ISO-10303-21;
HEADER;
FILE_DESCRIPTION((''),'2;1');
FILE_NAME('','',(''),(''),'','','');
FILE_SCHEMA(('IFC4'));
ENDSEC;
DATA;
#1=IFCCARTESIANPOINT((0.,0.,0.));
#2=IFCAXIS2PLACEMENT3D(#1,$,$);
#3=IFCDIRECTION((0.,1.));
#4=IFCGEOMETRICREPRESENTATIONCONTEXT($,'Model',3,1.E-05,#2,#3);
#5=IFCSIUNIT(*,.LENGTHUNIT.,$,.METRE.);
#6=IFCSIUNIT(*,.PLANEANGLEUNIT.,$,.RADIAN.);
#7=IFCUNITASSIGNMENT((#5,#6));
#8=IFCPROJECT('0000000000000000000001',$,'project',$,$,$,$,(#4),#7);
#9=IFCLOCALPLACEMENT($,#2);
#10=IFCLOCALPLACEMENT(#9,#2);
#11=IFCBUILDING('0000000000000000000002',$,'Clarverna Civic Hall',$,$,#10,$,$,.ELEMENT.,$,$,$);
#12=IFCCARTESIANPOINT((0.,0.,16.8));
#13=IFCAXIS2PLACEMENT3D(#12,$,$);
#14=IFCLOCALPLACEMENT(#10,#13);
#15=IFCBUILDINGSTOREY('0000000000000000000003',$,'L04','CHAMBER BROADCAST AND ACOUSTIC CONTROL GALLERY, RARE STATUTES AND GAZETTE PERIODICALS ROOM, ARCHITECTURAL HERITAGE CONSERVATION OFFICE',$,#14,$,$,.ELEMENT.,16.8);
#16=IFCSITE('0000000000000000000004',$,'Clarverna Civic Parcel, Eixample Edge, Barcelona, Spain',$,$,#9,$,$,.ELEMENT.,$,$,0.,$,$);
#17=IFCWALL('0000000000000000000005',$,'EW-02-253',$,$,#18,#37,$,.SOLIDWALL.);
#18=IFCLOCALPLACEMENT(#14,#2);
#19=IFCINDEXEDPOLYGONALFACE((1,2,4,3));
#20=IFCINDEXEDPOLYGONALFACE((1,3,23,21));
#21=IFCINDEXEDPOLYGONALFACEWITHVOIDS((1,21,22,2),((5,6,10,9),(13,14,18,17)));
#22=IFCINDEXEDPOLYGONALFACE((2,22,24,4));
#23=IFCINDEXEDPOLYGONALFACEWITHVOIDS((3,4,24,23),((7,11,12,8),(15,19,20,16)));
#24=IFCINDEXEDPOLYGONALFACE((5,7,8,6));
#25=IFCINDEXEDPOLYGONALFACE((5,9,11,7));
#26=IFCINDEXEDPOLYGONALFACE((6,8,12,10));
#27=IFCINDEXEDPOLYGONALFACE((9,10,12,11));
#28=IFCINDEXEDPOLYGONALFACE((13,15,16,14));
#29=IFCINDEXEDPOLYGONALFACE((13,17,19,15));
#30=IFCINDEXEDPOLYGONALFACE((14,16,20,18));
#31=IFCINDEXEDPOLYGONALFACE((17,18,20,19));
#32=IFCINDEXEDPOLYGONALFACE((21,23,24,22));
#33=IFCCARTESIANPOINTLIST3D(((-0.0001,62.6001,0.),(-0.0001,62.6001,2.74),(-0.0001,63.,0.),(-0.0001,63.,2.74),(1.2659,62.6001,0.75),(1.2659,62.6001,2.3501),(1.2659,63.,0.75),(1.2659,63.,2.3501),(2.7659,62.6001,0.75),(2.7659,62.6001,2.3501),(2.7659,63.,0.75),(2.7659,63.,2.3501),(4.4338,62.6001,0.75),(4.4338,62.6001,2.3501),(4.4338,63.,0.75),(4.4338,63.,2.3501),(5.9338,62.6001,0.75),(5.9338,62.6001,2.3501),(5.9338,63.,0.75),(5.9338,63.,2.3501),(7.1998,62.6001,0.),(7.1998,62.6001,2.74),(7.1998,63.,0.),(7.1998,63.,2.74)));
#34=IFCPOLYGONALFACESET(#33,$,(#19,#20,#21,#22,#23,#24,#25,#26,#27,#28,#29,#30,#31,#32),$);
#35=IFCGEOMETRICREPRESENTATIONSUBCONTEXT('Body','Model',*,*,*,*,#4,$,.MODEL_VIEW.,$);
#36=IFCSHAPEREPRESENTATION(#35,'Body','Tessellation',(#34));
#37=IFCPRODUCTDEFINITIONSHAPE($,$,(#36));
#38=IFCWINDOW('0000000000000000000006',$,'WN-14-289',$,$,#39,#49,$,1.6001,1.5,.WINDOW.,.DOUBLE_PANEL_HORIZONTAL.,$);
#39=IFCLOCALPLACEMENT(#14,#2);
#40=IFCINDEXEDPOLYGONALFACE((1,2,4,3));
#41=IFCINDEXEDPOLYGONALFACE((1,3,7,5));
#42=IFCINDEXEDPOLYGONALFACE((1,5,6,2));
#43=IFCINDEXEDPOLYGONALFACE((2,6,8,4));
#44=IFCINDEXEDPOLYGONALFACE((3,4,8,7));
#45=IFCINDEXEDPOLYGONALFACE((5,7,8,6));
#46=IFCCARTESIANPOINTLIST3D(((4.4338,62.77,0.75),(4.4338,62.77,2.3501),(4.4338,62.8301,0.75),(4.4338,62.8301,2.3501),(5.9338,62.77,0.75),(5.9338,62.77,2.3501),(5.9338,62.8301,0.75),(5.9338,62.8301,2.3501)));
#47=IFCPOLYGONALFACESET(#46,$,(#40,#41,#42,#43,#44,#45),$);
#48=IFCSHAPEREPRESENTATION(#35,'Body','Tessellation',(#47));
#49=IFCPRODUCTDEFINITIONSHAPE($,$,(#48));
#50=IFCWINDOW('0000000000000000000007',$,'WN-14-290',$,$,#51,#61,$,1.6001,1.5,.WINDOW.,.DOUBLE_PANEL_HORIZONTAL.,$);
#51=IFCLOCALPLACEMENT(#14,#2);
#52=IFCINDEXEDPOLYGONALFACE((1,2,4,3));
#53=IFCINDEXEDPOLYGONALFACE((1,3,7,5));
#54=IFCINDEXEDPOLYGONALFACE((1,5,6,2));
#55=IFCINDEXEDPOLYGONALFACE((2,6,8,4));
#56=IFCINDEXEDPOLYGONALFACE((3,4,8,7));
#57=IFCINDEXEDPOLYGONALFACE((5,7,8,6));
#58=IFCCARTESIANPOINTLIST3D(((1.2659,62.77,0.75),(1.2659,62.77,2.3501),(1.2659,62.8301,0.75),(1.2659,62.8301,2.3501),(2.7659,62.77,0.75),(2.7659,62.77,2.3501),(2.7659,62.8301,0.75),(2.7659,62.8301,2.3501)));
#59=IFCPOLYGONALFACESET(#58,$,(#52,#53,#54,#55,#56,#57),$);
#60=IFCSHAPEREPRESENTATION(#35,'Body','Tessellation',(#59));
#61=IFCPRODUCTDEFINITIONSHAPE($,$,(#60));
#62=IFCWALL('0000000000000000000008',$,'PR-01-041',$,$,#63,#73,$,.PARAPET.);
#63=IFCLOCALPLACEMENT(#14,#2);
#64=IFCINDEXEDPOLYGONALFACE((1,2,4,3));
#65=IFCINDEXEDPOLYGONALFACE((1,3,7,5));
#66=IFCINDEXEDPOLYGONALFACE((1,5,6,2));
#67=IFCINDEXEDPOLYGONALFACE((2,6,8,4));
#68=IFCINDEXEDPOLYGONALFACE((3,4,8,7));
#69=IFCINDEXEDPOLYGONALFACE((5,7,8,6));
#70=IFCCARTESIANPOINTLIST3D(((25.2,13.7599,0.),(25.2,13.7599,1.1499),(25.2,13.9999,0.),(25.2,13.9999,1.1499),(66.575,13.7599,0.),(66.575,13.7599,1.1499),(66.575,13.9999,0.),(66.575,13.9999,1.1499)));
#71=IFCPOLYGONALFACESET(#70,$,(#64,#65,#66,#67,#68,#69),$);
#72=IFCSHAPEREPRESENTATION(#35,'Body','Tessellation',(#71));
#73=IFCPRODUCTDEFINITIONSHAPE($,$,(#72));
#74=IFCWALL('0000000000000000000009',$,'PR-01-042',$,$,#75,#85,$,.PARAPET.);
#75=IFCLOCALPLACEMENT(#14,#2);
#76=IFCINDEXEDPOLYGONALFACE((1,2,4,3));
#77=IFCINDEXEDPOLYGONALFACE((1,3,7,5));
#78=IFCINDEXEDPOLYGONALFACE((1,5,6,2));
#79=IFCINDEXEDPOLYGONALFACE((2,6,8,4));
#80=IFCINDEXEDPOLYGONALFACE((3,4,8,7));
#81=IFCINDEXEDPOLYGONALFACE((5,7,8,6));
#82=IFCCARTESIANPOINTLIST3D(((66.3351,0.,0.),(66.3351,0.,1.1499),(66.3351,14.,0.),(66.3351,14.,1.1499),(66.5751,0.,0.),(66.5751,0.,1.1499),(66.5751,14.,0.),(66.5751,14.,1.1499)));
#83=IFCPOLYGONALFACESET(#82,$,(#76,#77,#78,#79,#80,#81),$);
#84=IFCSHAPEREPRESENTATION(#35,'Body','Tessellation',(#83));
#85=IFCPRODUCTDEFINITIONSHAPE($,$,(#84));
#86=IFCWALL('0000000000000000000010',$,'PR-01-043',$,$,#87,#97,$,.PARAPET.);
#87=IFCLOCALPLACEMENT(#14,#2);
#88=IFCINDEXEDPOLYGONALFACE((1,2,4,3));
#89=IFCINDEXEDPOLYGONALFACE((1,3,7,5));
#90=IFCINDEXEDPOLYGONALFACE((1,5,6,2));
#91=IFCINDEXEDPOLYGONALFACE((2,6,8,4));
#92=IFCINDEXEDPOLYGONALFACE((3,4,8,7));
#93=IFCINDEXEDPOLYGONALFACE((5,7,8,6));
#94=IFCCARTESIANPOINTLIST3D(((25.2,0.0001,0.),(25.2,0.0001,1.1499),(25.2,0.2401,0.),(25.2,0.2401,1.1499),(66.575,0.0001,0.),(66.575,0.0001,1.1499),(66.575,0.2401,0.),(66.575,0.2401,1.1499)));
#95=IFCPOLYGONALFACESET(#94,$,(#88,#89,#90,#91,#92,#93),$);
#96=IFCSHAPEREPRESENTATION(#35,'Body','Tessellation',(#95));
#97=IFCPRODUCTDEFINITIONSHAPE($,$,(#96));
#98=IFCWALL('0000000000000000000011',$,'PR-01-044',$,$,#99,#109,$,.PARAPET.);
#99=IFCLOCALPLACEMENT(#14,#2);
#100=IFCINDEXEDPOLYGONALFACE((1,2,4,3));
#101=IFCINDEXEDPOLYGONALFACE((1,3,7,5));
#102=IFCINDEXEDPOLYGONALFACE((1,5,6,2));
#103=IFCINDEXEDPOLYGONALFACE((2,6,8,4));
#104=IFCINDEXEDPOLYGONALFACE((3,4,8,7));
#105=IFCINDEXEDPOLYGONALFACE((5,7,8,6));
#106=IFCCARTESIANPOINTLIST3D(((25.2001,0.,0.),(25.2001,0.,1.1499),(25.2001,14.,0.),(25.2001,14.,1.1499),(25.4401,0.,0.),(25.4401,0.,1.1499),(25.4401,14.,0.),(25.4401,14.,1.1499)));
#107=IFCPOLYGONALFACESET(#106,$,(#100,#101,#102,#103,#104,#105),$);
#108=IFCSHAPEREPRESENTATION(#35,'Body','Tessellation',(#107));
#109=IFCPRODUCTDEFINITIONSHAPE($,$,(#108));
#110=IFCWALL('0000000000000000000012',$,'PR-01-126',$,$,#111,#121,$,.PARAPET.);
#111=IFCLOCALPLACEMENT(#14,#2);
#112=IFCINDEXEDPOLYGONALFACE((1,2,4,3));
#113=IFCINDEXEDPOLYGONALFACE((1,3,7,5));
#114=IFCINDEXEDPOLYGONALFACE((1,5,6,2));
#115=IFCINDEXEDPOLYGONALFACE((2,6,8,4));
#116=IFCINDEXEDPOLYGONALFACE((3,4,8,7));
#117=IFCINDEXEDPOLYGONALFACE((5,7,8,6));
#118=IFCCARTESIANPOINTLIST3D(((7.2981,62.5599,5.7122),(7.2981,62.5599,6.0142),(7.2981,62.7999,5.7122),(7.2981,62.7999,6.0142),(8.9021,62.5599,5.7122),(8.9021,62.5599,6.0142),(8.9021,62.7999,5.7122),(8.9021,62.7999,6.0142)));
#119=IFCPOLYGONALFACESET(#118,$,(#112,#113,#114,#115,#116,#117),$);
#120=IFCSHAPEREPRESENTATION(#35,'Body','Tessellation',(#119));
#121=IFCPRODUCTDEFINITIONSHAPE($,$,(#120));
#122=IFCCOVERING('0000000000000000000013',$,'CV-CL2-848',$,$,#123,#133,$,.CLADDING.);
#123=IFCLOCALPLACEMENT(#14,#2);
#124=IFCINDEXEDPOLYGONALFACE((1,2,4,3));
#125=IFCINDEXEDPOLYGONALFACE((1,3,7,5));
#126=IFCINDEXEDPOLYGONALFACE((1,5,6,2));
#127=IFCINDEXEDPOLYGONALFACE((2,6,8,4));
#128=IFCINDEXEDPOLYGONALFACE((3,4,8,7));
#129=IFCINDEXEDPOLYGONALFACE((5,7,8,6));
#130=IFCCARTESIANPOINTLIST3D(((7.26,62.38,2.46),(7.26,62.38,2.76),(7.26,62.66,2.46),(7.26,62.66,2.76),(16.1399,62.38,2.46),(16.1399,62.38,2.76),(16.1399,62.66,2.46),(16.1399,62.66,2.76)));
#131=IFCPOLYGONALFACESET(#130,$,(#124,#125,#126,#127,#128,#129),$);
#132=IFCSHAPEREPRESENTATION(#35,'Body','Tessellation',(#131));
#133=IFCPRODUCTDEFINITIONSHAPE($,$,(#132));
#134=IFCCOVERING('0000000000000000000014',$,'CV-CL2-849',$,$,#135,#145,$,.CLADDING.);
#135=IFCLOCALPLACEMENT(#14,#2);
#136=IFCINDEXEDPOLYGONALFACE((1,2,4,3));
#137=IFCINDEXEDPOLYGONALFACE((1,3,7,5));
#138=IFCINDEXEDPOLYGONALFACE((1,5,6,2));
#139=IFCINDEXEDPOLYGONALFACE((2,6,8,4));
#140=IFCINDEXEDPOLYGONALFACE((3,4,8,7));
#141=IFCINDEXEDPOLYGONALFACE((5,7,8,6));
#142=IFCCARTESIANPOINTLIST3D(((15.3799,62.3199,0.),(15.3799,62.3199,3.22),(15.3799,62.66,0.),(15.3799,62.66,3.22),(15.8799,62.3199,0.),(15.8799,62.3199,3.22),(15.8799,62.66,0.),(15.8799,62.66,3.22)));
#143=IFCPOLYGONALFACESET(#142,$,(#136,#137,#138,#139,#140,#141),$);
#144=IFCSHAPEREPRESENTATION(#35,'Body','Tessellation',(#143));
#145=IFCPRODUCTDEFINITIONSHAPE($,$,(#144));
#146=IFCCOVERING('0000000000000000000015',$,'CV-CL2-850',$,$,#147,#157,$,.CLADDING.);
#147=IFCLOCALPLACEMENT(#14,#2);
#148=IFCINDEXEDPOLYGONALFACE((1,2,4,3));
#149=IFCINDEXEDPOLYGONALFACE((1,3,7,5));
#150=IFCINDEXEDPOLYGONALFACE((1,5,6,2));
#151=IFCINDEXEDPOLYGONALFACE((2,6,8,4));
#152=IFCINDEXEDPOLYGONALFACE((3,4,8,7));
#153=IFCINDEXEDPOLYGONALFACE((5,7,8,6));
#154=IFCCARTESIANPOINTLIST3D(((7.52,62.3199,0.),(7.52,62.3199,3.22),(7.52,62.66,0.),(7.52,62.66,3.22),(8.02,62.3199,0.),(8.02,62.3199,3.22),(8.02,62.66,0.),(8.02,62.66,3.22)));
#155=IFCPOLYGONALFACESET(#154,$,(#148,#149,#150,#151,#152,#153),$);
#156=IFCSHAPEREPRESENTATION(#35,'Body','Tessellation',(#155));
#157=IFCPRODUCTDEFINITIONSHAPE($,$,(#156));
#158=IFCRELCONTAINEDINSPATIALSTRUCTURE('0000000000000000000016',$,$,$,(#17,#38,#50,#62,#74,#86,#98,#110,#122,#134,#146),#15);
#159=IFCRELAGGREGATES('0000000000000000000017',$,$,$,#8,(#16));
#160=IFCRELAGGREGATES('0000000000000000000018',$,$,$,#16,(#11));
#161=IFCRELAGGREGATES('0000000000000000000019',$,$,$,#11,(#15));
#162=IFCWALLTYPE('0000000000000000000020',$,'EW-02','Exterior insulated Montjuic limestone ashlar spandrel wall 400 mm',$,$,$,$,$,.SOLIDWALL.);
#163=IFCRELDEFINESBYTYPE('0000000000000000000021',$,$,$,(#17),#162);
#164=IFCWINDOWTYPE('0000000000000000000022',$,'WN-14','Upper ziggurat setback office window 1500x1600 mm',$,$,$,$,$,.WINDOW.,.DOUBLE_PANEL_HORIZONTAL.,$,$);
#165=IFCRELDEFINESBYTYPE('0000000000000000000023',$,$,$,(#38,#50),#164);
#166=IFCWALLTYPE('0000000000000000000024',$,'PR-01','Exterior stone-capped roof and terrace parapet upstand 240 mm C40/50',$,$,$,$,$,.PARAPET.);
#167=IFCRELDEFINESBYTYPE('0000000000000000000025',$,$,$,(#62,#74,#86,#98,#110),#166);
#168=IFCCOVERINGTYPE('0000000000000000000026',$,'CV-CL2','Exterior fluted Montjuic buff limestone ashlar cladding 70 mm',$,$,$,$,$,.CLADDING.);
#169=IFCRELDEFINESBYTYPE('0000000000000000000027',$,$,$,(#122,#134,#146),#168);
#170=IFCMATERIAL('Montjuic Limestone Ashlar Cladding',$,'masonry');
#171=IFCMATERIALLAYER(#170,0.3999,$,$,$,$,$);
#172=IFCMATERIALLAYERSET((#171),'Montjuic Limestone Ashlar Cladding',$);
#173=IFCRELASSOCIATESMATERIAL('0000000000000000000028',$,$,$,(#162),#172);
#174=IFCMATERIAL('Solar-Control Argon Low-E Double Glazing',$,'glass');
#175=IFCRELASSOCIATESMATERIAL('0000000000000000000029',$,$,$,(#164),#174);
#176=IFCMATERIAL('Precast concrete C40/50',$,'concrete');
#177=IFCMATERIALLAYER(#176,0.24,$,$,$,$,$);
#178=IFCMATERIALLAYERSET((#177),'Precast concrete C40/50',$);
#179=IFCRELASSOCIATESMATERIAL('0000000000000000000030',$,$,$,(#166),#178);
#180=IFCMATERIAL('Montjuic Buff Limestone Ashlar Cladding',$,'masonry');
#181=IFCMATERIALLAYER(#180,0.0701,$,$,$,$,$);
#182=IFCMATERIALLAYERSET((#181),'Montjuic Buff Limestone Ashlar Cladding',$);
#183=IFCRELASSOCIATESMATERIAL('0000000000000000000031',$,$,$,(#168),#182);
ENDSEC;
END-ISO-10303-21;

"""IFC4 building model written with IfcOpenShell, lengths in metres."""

from ifc_helpers import new_model, si_unit, direction, frame, frame_2d, origin, place, context, subcontext, project, spatial, rectangle, extrude, material, layer, layer_set, type_object, element, fill, save


model = new_model("IFC4")

# Units and contexts
model_context = context("Model", 3, precision=1e-05, world=origin(), true_north=direction((0.0, 1.0)))
body_context = subcontext(model_context, "Body", "Model", "MODEL_VIEW")
ifc_project = project(units=[si_unit("LENGTHUNIT", "METRE"), si_unit("PLANEANGLEUNIT", "RADIAN")], contexts=[model_context])

# Site, building, storey
site_placement = place(None, origin())
site = spatial("IfcSite", under=ifc_project, at=site_placement, Name="Clarverna Civic Parcel, Eixample Edge, Barcelona, Spain", CompositionType="ELEMENT", RefElevation=0.0)
building_placement = place(site_placement, origin())
building = spatial("IfcBuilding", under=site, at=building_placement, Name="Clarverna Civic Hall", CompositionType="ELEMENT")
storey_placement = place(building_placement, frame((0.0, 0.0, 16.8)))
storey = spatial("IfcBuildingStorey", under=building, at=storey_placement, Name="L04", Description="CHAMBER BROADCAST AND ACOUSTIC CONTROL GALLERY, RARE STATUTES AND GAZETTE PERIODICALS ROOM, ARCHITECTURAL HERITAGE CONSERVATION OFFICE", CompositionType="ELEMENT", Elevation=16.8)

# Wall, openings, windows
ifc_material_1 = material(Name="Montjuic Limestone Ashlar Cladding", Category="masonry")
ifc_layer_1 = layer(ifc_material_1, 0.3999)
ifc_layer_set_1 = layer_set([ifc_layer_1], Name="Montjuic Limestone Ashlar Cladding")
wall_type_1 = type_object("IfcWallType", Name="EW-02", Description="Exterior insulated Montjuic limestone ashlar spandrel wall 400 mm", PredefinedType="SOLIDWALL", material=ifc_layer_set_1)
ifc_material_2 = material(Name="Solar-Control Argon Low-E Double Glazing", Category="glass")
window_type = type_object("IfcWindowType", Name="WN-14", Description="Upper ziggurat setback office window 1500x1600 mm", PartitioningType="DOUBLE_PANEL_HORIZONTAL", PredefinedType="WINDOW", material=ifc_material_2)
wall_1_placement = place(storey_placement, frame((7.2, 62.8, 0.0), z_axis=(0.0, 0.0, 1.0), x_axis=(-1.0, 0.0, 0.0)))
wall_1 = element("IfcWall", 1, at=wall_1_placement, inside=storey, type_object=wall_type_1, Name="EW-02-253", PredefinedType="SOLIDWALL", context=body_context, shape_type="SweptSolid", body=[
    extrude(rectangle(XDim=7.2, YDim=0.3999, at=frame_2d((3.6001, 0.0))), origin(), (0.0, 0.0, 1.0), 2.74),
])
opening_1_placement = place(wall_1_placement, frame((1.2661, 0.0, 0.75)))
opening_1 = element("IfcOpeningElement", 2, at=opening_1_placement, cuts=wall_1, PredefinedType="OPENING", context=body_context, shape_type="SweptSolid", body=[
    extrude(rectangle(XDim=1.5, YDim=1.6001, at=frame_2d((0.75, 0.8))), frame((0.0, 0.21, 0.0), z_axis=(0.0, -1.0, 0.0), x_axis=(1.0, 0.0, 0.0)), (0.0, 0.0, 1.0), 0.4199),
])
opening_2_placement = place(wall_1_placement, frame((4.4341, 0.0, 0.75)))
opening_2 = element("IfcOpeningElement", 3, at=opening_2_placement, cuts=wall_1, PredefinedType="OPENING", context=body_context, shape_type="SweptSolid", body=[
    extrude(rectangle(XDim=1.5, YDim=1.6001, at=frame_2d((0.75, 0.8))), frame((0.0, 0.21, 0.0), z_axis=(0.0, -1.0, 0.0), x_axis=(1.0, 0.0, 0.0)), (0.0, 0.0, 1.0), 0.4199),
])
window_1_placement = place(opening_1_placement, origin())
window_1 = element("IfcWindow", 4, at=window_1_placement, inside=storey, type_object=window_type, Name="WN-14-289", OverallHeight=1.6001, OverallWidth=1.5, PartitioningType="DOUBLE_PANEL_HORIZONTAL", PredefinedType="WINDOW", context=body_context, shape_type="SweptSolid", body=[
    extrude(rectangle(XDim=1.5, YDim=1.6001, at=frame_2d((0.75, 0.8))), frame((0.0, 0.03, 0.0), z_axis=(0.0, -1.0, 0.0), x_axis=(1.0, 0.0, 0.0)), (0.0, 0.0, 1.0), 0.0601),
])
fill(opening_1, window_1)
window_2_placement = place(opening_2_placement, origin())
window_2 = element("IfcWindow", 5, at=window_2_placement, inside=storey, type_object=window_type, Name="WN-14-290", OverallHeight=1.6001, OverallWidth=1.5, PartitioningType="DOUBLE_PANEL_HORIZONTAL", PredefinedType="WINDOW", context=body_context, shape_type="SweptSolid", body=[
    extrude(rectangle(XDim=1.5, YDim=1.6001, at=frame_2d((0.75, 0.8))), frame((0.0, 0.03, 0.0), z_axis=(0.0, -1.0, 0.0), x_axis=(1.0, 0.0, 0.0)), (0.0, 0.0, 1.0), 0.0601),
])
fill(opening_2, window_2)

# Walls
ifc_material_3 = material(Name="Precast concrete C40/50", Category="concrete")
ifc_layer_2 = layer(ifc_material_3, 0.24)
ifc_layer_set_2 = layer_set([ifc_layer_2], Name="Precast concrete C40/50")
wall_type_2 = type_object("IfcWallType", Name="PR-01", Description="Exterior stone-capped roof and terrace parapet upstand 240 mm C40/50", PredefinedType="PARAPET", material=ifc_layer_set_2)
wall_2_placement = place(storey_placement, frame((25.2, 13.8799, 0.0), z_axis=(0.0, 0.0, 1.0), x_axis=(1.0, 0.0, 0.0)))
element("IfcWall", 6, at=wall_2_placement, inside=storey, type_object=wall_type_2, Name="PR-01-041", PredefinedType="PARAPET", context=body_context, shape_type="SweptSolid", body=[
    extrude(rectangle(XDim=41.375, YDim=0.24, at=frame_2d((20.6875, 0.0))), origin(), (0.0, 0.0, 1.0), 1.1499),
])
wall_3_placement = place(storey_placement, frame((66.4551, 14.0, 0.0), z_axis=(0.0, 0.0, 1.0), x_axis=(0.0, -1.0, 0.0)))
element("IfcWall", 7, at=wall_3_placement, inside=storey, type_object=wall_type_2, Name="PR-01-042", PredefinedType="PARAPET", context=body_context, shape_type="SweptSolid", body=[
    extrude(rectangle(XDim=14.0, YDim=0.24, at=frame_2d((7.0, 0.0))), origin(), (0.0, 0.0, 1.0), 1.1499),
])
wall_4_placement = place(storey_placement, frame((66.575, 0.1201, 0.0), z_axis=(0.0, 0.0, 1.0), x_axis=(-1.0, 0.0, 0.0)))
element("IfcWall", 8, at=wall_4_placement, inside=storey, type_object=wall_type_2, Name="PR-01-043", PredefinedType="PARAPET", context=body_context, shape_type="SweptSolid", body=[
    extrude(rectangle(XDim=41.375, YDim=0.24, at=frame_2d((20.6875, 0.0))), origin(), (0.0, 0.0, 1.0), 1.1499),
])
wall_5_placement = place(storey_placement, frame((25.3201, 0.0, 0.0), z_axis=(0.0, 0.0, 1.0), x_axis=(0.0, 1.0, 0.0)))
element("IfcWall", 9, at=wall_5_placement, inside=storey, type_object=wall_type_2, Name="PR-01-044", PredefinedType="PARAPET", context=body_context, shape_type="SweptSolid", body=[
    extrude(rectangle(XDim=14.0, YDim=0.24, at=frame_2d((7.0, 0.0))), origin(), (0.0, 0.0, 1.0), 1.1499),
])
wall_6_placement = place(storey_placement, frame((7.2981, 62.6799, 5.7122), z_axis=(0.0, 0.0, 1.0), x_axis=(1.0, 0.0, 0.0)))
element("IfcWall", 10, at=wall_6_placement, inside=storey, type_object=wall_type_2, Name="PR-01-126", PredefinedType="PARAPET", context=body_context, shape_type="SweptSolid", body=[
    extrude(rectangle(XDim=1.604, YDim=0.24, at=frame_2d((0.802, 0.0))), origin(), (0.0, 0.0, 1.0), 0.302),
])

# Coverings
ifc_material_4 = material(Name="Montjuic Buff Limestone Ashlar Cladding", Category="masonry")
ifc_layer_3 = layer(ifc_material_4, 0.0701)
ifc_layer_set_3 = layer_set([ifc_layer_3], Name="Montjuic Buff Limestone Ashlar Cladding")
covering_type = type_object("IfcCoveringType", Name="CV-CL2", Description="Exterior fluted Montjuic buff limestone ashlar cladding 70 mm", PredefinedType="CLADDING", material=ifc_layer_set_3)
covering_placement = place(storey_placement, frame((16.1399, 62.52, 2.46), z_axis=(0.0, 0.0, 1.0), x_axis=(-1.0, 0.0, 0.0)))
element("IfcCovering", 11, at=covering_placement, inside=storey, type_object=covering_type, Name="CV-CL2-848", PredefinedType="CLADDING", context=body_context, shape_type="SweptSolid", body=[
    extrude(rectangle(XDim=8.8799, YDim=0.28, at=frame_2d((4.4399, 0.0))), origin(), (0.0, 0.0, 1.0), 0.3),
])
for number, where, z_axis, x_axis, name in (
    (12, (15.8799, 62.49, 0.0), (0.0, 0.0, 1.0), (-1.0, 0.0, 0.0), "CV-CL2-849"),
    (13, (8.02, 62.49, 0.0), (0.0, 0.0, 1.0), (-1.0, 0.0, 0.0), "CV-CL2-850"),
):
    element("IfcCovering", number, at=place(storey_placement, frame(where, z_axis=z_axis, x_axis=x_axis)), inside=storey, type_object=covering_type, Name=name, PredefinedType="CLADDING", context=body_context, shape_type="SweptSolid", body=[
        extrude(rectangle(XDim=0.5, YDim=0.3401, at=frame_2d((0.25, 0.0))), origin(), (0.0, 0.0, 1.0), 3.22),
    ])

save(model, "model.ifc")
